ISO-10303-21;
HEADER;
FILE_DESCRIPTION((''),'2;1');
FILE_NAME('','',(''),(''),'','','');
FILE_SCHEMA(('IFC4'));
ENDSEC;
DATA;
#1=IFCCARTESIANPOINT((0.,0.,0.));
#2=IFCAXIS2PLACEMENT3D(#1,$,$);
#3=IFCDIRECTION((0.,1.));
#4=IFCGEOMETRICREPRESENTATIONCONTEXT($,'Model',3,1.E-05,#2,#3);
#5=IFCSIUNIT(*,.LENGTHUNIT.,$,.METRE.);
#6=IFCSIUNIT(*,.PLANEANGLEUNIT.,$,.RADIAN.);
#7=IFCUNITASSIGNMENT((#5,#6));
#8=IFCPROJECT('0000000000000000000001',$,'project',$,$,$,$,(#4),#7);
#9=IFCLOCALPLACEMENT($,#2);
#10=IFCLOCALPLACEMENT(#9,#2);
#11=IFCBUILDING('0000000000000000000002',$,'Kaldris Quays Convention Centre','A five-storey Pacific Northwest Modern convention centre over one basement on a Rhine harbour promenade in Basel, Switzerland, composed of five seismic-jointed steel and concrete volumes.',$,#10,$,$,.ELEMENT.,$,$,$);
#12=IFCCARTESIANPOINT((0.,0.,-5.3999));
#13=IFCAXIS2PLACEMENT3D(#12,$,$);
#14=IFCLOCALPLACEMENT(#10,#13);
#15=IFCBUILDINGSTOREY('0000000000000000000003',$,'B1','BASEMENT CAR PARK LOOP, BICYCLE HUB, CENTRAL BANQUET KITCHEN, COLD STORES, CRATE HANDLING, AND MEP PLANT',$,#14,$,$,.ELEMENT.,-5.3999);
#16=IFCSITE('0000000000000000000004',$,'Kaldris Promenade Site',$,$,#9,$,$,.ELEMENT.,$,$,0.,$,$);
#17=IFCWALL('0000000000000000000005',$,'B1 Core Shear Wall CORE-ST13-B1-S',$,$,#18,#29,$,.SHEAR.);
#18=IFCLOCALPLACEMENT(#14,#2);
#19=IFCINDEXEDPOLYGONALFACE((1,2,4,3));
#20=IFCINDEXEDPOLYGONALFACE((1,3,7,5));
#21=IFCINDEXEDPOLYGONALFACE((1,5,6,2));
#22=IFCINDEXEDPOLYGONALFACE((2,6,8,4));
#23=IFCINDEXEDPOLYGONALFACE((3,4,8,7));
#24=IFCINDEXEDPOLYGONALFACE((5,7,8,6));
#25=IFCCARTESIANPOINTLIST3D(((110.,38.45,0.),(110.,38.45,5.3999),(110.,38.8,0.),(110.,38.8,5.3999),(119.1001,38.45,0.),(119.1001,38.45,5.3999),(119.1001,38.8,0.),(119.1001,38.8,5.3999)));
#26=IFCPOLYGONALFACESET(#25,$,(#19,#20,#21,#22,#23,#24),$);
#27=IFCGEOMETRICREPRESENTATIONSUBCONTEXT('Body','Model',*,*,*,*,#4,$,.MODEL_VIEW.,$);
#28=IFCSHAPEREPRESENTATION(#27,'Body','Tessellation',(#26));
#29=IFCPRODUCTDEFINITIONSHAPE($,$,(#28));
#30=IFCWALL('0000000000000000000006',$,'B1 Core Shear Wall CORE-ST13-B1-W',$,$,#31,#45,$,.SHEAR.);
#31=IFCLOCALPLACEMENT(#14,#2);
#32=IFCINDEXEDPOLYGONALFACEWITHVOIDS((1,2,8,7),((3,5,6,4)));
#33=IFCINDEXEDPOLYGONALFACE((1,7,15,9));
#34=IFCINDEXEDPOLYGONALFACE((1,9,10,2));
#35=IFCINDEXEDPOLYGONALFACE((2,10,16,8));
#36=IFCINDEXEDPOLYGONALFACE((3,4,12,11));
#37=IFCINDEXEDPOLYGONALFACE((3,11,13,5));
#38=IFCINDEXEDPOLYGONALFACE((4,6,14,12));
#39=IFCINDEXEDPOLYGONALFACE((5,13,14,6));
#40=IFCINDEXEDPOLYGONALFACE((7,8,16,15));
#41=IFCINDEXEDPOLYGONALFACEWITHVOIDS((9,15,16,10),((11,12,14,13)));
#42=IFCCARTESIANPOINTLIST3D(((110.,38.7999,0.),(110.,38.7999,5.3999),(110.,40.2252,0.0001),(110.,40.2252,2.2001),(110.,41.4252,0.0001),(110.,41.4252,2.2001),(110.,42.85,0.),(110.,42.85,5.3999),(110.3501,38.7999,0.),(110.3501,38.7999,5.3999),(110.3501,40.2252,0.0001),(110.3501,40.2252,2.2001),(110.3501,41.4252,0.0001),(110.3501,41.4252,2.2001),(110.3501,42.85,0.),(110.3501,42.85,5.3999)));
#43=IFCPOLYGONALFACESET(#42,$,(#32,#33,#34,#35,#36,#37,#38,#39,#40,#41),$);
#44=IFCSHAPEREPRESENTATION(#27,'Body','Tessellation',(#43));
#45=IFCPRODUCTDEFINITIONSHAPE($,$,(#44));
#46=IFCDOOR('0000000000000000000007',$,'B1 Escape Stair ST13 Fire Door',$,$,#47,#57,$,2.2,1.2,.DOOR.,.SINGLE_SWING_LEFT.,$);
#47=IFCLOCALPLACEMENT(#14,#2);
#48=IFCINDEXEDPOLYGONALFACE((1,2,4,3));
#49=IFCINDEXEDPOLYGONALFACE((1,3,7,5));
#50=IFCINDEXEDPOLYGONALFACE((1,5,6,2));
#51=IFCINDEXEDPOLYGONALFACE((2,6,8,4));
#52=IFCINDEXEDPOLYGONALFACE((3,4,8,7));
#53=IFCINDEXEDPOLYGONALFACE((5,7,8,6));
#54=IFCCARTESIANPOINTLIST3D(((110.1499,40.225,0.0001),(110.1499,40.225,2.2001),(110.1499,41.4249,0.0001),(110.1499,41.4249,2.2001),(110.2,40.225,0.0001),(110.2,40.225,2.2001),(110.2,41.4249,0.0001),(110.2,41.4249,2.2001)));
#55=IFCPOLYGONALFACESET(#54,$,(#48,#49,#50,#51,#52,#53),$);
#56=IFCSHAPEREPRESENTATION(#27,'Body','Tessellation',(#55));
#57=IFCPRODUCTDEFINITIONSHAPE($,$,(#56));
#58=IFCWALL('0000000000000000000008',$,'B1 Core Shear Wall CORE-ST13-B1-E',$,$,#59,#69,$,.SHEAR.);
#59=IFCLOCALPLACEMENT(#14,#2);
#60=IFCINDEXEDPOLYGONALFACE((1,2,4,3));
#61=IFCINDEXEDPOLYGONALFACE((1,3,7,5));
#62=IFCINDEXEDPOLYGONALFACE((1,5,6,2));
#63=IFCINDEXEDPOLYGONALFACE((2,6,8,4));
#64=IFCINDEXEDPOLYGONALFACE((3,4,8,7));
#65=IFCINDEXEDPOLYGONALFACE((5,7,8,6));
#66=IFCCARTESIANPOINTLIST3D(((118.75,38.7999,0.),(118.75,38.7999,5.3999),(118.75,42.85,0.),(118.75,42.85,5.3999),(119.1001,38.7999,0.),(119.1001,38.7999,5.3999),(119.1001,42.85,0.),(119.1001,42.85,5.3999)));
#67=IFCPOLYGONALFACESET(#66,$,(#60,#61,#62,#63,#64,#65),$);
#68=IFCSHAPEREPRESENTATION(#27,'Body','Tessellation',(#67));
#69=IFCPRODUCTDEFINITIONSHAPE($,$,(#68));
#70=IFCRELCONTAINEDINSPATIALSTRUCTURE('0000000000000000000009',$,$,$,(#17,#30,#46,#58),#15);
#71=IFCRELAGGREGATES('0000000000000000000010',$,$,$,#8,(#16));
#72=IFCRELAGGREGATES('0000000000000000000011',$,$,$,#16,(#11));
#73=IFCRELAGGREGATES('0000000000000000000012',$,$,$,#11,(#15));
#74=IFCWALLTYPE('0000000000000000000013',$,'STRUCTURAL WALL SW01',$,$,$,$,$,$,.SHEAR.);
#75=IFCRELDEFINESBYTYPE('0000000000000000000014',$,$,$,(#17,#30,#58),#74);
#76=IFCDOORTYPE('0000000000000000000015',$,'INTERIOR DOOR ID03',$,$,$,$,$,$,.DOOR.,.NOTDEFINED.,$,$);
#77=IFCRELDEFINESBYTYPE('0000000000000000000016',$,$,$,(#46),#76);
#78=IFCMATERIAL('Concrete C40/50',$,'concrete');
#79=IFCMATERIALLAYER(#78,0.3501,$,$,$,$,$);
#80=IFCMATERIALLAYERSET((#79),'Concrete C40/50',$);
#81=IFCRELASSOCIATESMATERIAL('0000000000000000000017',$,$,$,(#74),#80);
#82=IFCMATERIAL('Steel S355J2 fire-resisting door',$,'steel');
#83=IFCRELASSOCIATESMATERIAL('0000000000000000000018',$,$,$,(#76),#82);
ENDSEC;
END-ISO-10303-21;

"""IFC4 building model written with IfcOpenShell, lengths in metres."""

from ifc_helpers import new_model, si_unit, direction, frame, frame_2d, origin, place, context, subcontext, project, spatial, rectangle, extrude, material, layer, layer_set, type_object, element, fill, save


model = new_model("IFC4")

# Units and contexts
model_context = context("Model", 3, precision=1e-05, world=origin(), true_north=direction((0.0, 1.0)))
body_context = subcontext(model_context, "Body", "Model", "MODEL_VIEW")
ifc_project = project(units=[si_unit("LENGTHUNIT", "METRE"), si_unit("PLANEANGLEUNIT", "RADIAN")], contexts=[model_context])

# Site, building, storey
site_placement = place(None, origin())
site = spatial("IfcSite", under=ifc_project, at=site_placement, Name="Kaldris Promenade Site", CompositionType="ELEMENT", RefElevation=0.0)
building_placement = place(site_placement, origin())
building = spatial("IfcBuilding", under=site, at=building_placement, Name="Kaldris Quays Convention Centre", Description="A five-storey Pacific Northwest Modern convention centre over one basement on a Rhine harbour promenade in Basel, Switzerland, composed of five seismic-jointed steel and concrete volumes.", CompositionType="ELEMENT")
storey_placement = place(building_placement, frame((0.0, 0.0, -5.3999)))
storey = spatial("IfcBuildingStorey", under=building, at=storey_placement, Name="B1", Description="BASEMENT CAR PARK LOOP, BICYCLE HUB, CENTRAL BANQUET KITCHEN, COLD STORES, CRATE HANDLING, AND MEP PLANT", CompositionType="ELEMENT", Elevation=-5.3999)

# Shared definitions
ifc_material_1 = material(Name="Concrete C40/50", Category="concrete")
ifc_layer = layer(ifc_material_1, 0.3501)
ifc_layer_set = layer_set([ifc_layer], Name="Concrete C40/50")
wall_type = type_object("IfcWallType", Name="STRUCTURAL WALL SW01", PredefinedType="SHEAR", material=ifc_layer_set)

# Shared definitions
ifc_material_2 = material(Name="Steel S355J2 fire-resisting door", Category="steel")
door_type = type_object("IfcDoorType", Name="INTERIOR DOOR ID03", OperationType="NOTDEFINED", PredefinedType="DOOR", material=ifc_material_2)

# Wall
wall_1_placement = place(storey_placement, frame((110.0, 38.625, 0.0), z_axis=(0.0, 0.0, 1.0), x_axis=(1.0, 0.0, 0.0)))
element("IfcWall", 1, at=wall_1_placement, inside=storey, type_object=wall_type, Name="B1 Core Shear Wall CORE-ST13-B1-S", PredefinedType="SHEAR", context=body_context, shape_type="SweptSolid", body=[
    extrude(rectangle(XDim=9.1001, YDim=0.3501, at=frame_2d((4.55, 0.0))), origin(), (0.0, 0.0, 1.0), 5.3999),
])

# Wall, opening, door
wall_2_placement = place(storey_placement, frame((110.175, 38.8, 0.0), z_axis=(0.0, 0.0, 1.0), x_axis=(0.0, 1.0, 0.0)))
wall_2 = element("IfcWall", 2, at=wall_2_placement, inside=storey, type_object=wall_type, Name="B1 Core Shear Wall CORE-ST13-B1-W", PredefinedType="SHEAR", context=body_context, shape_type="SweptSolid", body=[
    extrude(rectangle(XDim=4.05, YDim=0.3501, at=frame_2d((2.0249, 0.0))), origin(), (0.0, 0.0, 1.0), 5.3999),
])
opening_1_placement = place(wall_2_placement, frame((1.425, 0.0, 0.0)))
opening_1 = element("IfcOpeningElement", 3, at=opening_1_placement, cuts=wall_2, PredefinedType="OPENING", context=body_context, shape_type="SweptSolid", body=[
    extrude(rectangle(XDim=1.2, YDim=2.2, at=frame_2d((0.6001, 1.1001))), frame((0.0, 0.1851, 0.0), z_axis=(0.0, -1.0, 0.0), x_axis=(1.0, 0.0, 0.0)), (0.0, 0.0, 1.0), 0.3701),
])
door_1_placement = place(opening_1_placement, frame((1.2, 0.0, 0.0), z_axis=(0.0, 0.0, 1.0), x_axis=(-1.0, 0.0, 0.0)))
door_1 = element("IfcDoor", 4, at=door_1_placement, inside=storey, type_object=door_type, Name="B1 Escape Stair ST13 Fire Door", OperationType="SINGLE_SWING_LEFT", OverallHeight=2.2, OverallWidth=1.2, PredefinedType="DOOR", context=body_context, shape_type="SweptSolid", body=[
    extrude(rectangle(XDim=1.2, YDim=2.2, at=frame_2d((0.6001, 1.1001))), frame((0.0, 0.0249, 0.0), z_axis=(0.0, -1.0, 0.0), x_axis=(1.0, 0.0, 0.0)), (0.0, 0.0, 1.0), 0.05),
])
fill(opening_1, door_1)

# Wall
wall_3_placement = place(storey_placement, frame((118.925, 38.8, 0.0), z_axis=(0.0, 0.0, 1.0), x_axis=(0.0, 1.0, 0.0)))
element("IfcWall", 5, at=wall_3_placement, inside=storey, type_object=wall_type, Name="B1 Core Shear Wall CORE-ST13-B1-E", PredefinedType="SHEAR", context=body_context, shape_type="SweptSolid", body=[
    extrude(rectangle(XDim=4.05, YDim=0.3501, at=frame_2d((2.0249, 0.0))), origin(), (0.0, 0.0, 1.0), 5.3999),
])

save(model, "model.ifc")
